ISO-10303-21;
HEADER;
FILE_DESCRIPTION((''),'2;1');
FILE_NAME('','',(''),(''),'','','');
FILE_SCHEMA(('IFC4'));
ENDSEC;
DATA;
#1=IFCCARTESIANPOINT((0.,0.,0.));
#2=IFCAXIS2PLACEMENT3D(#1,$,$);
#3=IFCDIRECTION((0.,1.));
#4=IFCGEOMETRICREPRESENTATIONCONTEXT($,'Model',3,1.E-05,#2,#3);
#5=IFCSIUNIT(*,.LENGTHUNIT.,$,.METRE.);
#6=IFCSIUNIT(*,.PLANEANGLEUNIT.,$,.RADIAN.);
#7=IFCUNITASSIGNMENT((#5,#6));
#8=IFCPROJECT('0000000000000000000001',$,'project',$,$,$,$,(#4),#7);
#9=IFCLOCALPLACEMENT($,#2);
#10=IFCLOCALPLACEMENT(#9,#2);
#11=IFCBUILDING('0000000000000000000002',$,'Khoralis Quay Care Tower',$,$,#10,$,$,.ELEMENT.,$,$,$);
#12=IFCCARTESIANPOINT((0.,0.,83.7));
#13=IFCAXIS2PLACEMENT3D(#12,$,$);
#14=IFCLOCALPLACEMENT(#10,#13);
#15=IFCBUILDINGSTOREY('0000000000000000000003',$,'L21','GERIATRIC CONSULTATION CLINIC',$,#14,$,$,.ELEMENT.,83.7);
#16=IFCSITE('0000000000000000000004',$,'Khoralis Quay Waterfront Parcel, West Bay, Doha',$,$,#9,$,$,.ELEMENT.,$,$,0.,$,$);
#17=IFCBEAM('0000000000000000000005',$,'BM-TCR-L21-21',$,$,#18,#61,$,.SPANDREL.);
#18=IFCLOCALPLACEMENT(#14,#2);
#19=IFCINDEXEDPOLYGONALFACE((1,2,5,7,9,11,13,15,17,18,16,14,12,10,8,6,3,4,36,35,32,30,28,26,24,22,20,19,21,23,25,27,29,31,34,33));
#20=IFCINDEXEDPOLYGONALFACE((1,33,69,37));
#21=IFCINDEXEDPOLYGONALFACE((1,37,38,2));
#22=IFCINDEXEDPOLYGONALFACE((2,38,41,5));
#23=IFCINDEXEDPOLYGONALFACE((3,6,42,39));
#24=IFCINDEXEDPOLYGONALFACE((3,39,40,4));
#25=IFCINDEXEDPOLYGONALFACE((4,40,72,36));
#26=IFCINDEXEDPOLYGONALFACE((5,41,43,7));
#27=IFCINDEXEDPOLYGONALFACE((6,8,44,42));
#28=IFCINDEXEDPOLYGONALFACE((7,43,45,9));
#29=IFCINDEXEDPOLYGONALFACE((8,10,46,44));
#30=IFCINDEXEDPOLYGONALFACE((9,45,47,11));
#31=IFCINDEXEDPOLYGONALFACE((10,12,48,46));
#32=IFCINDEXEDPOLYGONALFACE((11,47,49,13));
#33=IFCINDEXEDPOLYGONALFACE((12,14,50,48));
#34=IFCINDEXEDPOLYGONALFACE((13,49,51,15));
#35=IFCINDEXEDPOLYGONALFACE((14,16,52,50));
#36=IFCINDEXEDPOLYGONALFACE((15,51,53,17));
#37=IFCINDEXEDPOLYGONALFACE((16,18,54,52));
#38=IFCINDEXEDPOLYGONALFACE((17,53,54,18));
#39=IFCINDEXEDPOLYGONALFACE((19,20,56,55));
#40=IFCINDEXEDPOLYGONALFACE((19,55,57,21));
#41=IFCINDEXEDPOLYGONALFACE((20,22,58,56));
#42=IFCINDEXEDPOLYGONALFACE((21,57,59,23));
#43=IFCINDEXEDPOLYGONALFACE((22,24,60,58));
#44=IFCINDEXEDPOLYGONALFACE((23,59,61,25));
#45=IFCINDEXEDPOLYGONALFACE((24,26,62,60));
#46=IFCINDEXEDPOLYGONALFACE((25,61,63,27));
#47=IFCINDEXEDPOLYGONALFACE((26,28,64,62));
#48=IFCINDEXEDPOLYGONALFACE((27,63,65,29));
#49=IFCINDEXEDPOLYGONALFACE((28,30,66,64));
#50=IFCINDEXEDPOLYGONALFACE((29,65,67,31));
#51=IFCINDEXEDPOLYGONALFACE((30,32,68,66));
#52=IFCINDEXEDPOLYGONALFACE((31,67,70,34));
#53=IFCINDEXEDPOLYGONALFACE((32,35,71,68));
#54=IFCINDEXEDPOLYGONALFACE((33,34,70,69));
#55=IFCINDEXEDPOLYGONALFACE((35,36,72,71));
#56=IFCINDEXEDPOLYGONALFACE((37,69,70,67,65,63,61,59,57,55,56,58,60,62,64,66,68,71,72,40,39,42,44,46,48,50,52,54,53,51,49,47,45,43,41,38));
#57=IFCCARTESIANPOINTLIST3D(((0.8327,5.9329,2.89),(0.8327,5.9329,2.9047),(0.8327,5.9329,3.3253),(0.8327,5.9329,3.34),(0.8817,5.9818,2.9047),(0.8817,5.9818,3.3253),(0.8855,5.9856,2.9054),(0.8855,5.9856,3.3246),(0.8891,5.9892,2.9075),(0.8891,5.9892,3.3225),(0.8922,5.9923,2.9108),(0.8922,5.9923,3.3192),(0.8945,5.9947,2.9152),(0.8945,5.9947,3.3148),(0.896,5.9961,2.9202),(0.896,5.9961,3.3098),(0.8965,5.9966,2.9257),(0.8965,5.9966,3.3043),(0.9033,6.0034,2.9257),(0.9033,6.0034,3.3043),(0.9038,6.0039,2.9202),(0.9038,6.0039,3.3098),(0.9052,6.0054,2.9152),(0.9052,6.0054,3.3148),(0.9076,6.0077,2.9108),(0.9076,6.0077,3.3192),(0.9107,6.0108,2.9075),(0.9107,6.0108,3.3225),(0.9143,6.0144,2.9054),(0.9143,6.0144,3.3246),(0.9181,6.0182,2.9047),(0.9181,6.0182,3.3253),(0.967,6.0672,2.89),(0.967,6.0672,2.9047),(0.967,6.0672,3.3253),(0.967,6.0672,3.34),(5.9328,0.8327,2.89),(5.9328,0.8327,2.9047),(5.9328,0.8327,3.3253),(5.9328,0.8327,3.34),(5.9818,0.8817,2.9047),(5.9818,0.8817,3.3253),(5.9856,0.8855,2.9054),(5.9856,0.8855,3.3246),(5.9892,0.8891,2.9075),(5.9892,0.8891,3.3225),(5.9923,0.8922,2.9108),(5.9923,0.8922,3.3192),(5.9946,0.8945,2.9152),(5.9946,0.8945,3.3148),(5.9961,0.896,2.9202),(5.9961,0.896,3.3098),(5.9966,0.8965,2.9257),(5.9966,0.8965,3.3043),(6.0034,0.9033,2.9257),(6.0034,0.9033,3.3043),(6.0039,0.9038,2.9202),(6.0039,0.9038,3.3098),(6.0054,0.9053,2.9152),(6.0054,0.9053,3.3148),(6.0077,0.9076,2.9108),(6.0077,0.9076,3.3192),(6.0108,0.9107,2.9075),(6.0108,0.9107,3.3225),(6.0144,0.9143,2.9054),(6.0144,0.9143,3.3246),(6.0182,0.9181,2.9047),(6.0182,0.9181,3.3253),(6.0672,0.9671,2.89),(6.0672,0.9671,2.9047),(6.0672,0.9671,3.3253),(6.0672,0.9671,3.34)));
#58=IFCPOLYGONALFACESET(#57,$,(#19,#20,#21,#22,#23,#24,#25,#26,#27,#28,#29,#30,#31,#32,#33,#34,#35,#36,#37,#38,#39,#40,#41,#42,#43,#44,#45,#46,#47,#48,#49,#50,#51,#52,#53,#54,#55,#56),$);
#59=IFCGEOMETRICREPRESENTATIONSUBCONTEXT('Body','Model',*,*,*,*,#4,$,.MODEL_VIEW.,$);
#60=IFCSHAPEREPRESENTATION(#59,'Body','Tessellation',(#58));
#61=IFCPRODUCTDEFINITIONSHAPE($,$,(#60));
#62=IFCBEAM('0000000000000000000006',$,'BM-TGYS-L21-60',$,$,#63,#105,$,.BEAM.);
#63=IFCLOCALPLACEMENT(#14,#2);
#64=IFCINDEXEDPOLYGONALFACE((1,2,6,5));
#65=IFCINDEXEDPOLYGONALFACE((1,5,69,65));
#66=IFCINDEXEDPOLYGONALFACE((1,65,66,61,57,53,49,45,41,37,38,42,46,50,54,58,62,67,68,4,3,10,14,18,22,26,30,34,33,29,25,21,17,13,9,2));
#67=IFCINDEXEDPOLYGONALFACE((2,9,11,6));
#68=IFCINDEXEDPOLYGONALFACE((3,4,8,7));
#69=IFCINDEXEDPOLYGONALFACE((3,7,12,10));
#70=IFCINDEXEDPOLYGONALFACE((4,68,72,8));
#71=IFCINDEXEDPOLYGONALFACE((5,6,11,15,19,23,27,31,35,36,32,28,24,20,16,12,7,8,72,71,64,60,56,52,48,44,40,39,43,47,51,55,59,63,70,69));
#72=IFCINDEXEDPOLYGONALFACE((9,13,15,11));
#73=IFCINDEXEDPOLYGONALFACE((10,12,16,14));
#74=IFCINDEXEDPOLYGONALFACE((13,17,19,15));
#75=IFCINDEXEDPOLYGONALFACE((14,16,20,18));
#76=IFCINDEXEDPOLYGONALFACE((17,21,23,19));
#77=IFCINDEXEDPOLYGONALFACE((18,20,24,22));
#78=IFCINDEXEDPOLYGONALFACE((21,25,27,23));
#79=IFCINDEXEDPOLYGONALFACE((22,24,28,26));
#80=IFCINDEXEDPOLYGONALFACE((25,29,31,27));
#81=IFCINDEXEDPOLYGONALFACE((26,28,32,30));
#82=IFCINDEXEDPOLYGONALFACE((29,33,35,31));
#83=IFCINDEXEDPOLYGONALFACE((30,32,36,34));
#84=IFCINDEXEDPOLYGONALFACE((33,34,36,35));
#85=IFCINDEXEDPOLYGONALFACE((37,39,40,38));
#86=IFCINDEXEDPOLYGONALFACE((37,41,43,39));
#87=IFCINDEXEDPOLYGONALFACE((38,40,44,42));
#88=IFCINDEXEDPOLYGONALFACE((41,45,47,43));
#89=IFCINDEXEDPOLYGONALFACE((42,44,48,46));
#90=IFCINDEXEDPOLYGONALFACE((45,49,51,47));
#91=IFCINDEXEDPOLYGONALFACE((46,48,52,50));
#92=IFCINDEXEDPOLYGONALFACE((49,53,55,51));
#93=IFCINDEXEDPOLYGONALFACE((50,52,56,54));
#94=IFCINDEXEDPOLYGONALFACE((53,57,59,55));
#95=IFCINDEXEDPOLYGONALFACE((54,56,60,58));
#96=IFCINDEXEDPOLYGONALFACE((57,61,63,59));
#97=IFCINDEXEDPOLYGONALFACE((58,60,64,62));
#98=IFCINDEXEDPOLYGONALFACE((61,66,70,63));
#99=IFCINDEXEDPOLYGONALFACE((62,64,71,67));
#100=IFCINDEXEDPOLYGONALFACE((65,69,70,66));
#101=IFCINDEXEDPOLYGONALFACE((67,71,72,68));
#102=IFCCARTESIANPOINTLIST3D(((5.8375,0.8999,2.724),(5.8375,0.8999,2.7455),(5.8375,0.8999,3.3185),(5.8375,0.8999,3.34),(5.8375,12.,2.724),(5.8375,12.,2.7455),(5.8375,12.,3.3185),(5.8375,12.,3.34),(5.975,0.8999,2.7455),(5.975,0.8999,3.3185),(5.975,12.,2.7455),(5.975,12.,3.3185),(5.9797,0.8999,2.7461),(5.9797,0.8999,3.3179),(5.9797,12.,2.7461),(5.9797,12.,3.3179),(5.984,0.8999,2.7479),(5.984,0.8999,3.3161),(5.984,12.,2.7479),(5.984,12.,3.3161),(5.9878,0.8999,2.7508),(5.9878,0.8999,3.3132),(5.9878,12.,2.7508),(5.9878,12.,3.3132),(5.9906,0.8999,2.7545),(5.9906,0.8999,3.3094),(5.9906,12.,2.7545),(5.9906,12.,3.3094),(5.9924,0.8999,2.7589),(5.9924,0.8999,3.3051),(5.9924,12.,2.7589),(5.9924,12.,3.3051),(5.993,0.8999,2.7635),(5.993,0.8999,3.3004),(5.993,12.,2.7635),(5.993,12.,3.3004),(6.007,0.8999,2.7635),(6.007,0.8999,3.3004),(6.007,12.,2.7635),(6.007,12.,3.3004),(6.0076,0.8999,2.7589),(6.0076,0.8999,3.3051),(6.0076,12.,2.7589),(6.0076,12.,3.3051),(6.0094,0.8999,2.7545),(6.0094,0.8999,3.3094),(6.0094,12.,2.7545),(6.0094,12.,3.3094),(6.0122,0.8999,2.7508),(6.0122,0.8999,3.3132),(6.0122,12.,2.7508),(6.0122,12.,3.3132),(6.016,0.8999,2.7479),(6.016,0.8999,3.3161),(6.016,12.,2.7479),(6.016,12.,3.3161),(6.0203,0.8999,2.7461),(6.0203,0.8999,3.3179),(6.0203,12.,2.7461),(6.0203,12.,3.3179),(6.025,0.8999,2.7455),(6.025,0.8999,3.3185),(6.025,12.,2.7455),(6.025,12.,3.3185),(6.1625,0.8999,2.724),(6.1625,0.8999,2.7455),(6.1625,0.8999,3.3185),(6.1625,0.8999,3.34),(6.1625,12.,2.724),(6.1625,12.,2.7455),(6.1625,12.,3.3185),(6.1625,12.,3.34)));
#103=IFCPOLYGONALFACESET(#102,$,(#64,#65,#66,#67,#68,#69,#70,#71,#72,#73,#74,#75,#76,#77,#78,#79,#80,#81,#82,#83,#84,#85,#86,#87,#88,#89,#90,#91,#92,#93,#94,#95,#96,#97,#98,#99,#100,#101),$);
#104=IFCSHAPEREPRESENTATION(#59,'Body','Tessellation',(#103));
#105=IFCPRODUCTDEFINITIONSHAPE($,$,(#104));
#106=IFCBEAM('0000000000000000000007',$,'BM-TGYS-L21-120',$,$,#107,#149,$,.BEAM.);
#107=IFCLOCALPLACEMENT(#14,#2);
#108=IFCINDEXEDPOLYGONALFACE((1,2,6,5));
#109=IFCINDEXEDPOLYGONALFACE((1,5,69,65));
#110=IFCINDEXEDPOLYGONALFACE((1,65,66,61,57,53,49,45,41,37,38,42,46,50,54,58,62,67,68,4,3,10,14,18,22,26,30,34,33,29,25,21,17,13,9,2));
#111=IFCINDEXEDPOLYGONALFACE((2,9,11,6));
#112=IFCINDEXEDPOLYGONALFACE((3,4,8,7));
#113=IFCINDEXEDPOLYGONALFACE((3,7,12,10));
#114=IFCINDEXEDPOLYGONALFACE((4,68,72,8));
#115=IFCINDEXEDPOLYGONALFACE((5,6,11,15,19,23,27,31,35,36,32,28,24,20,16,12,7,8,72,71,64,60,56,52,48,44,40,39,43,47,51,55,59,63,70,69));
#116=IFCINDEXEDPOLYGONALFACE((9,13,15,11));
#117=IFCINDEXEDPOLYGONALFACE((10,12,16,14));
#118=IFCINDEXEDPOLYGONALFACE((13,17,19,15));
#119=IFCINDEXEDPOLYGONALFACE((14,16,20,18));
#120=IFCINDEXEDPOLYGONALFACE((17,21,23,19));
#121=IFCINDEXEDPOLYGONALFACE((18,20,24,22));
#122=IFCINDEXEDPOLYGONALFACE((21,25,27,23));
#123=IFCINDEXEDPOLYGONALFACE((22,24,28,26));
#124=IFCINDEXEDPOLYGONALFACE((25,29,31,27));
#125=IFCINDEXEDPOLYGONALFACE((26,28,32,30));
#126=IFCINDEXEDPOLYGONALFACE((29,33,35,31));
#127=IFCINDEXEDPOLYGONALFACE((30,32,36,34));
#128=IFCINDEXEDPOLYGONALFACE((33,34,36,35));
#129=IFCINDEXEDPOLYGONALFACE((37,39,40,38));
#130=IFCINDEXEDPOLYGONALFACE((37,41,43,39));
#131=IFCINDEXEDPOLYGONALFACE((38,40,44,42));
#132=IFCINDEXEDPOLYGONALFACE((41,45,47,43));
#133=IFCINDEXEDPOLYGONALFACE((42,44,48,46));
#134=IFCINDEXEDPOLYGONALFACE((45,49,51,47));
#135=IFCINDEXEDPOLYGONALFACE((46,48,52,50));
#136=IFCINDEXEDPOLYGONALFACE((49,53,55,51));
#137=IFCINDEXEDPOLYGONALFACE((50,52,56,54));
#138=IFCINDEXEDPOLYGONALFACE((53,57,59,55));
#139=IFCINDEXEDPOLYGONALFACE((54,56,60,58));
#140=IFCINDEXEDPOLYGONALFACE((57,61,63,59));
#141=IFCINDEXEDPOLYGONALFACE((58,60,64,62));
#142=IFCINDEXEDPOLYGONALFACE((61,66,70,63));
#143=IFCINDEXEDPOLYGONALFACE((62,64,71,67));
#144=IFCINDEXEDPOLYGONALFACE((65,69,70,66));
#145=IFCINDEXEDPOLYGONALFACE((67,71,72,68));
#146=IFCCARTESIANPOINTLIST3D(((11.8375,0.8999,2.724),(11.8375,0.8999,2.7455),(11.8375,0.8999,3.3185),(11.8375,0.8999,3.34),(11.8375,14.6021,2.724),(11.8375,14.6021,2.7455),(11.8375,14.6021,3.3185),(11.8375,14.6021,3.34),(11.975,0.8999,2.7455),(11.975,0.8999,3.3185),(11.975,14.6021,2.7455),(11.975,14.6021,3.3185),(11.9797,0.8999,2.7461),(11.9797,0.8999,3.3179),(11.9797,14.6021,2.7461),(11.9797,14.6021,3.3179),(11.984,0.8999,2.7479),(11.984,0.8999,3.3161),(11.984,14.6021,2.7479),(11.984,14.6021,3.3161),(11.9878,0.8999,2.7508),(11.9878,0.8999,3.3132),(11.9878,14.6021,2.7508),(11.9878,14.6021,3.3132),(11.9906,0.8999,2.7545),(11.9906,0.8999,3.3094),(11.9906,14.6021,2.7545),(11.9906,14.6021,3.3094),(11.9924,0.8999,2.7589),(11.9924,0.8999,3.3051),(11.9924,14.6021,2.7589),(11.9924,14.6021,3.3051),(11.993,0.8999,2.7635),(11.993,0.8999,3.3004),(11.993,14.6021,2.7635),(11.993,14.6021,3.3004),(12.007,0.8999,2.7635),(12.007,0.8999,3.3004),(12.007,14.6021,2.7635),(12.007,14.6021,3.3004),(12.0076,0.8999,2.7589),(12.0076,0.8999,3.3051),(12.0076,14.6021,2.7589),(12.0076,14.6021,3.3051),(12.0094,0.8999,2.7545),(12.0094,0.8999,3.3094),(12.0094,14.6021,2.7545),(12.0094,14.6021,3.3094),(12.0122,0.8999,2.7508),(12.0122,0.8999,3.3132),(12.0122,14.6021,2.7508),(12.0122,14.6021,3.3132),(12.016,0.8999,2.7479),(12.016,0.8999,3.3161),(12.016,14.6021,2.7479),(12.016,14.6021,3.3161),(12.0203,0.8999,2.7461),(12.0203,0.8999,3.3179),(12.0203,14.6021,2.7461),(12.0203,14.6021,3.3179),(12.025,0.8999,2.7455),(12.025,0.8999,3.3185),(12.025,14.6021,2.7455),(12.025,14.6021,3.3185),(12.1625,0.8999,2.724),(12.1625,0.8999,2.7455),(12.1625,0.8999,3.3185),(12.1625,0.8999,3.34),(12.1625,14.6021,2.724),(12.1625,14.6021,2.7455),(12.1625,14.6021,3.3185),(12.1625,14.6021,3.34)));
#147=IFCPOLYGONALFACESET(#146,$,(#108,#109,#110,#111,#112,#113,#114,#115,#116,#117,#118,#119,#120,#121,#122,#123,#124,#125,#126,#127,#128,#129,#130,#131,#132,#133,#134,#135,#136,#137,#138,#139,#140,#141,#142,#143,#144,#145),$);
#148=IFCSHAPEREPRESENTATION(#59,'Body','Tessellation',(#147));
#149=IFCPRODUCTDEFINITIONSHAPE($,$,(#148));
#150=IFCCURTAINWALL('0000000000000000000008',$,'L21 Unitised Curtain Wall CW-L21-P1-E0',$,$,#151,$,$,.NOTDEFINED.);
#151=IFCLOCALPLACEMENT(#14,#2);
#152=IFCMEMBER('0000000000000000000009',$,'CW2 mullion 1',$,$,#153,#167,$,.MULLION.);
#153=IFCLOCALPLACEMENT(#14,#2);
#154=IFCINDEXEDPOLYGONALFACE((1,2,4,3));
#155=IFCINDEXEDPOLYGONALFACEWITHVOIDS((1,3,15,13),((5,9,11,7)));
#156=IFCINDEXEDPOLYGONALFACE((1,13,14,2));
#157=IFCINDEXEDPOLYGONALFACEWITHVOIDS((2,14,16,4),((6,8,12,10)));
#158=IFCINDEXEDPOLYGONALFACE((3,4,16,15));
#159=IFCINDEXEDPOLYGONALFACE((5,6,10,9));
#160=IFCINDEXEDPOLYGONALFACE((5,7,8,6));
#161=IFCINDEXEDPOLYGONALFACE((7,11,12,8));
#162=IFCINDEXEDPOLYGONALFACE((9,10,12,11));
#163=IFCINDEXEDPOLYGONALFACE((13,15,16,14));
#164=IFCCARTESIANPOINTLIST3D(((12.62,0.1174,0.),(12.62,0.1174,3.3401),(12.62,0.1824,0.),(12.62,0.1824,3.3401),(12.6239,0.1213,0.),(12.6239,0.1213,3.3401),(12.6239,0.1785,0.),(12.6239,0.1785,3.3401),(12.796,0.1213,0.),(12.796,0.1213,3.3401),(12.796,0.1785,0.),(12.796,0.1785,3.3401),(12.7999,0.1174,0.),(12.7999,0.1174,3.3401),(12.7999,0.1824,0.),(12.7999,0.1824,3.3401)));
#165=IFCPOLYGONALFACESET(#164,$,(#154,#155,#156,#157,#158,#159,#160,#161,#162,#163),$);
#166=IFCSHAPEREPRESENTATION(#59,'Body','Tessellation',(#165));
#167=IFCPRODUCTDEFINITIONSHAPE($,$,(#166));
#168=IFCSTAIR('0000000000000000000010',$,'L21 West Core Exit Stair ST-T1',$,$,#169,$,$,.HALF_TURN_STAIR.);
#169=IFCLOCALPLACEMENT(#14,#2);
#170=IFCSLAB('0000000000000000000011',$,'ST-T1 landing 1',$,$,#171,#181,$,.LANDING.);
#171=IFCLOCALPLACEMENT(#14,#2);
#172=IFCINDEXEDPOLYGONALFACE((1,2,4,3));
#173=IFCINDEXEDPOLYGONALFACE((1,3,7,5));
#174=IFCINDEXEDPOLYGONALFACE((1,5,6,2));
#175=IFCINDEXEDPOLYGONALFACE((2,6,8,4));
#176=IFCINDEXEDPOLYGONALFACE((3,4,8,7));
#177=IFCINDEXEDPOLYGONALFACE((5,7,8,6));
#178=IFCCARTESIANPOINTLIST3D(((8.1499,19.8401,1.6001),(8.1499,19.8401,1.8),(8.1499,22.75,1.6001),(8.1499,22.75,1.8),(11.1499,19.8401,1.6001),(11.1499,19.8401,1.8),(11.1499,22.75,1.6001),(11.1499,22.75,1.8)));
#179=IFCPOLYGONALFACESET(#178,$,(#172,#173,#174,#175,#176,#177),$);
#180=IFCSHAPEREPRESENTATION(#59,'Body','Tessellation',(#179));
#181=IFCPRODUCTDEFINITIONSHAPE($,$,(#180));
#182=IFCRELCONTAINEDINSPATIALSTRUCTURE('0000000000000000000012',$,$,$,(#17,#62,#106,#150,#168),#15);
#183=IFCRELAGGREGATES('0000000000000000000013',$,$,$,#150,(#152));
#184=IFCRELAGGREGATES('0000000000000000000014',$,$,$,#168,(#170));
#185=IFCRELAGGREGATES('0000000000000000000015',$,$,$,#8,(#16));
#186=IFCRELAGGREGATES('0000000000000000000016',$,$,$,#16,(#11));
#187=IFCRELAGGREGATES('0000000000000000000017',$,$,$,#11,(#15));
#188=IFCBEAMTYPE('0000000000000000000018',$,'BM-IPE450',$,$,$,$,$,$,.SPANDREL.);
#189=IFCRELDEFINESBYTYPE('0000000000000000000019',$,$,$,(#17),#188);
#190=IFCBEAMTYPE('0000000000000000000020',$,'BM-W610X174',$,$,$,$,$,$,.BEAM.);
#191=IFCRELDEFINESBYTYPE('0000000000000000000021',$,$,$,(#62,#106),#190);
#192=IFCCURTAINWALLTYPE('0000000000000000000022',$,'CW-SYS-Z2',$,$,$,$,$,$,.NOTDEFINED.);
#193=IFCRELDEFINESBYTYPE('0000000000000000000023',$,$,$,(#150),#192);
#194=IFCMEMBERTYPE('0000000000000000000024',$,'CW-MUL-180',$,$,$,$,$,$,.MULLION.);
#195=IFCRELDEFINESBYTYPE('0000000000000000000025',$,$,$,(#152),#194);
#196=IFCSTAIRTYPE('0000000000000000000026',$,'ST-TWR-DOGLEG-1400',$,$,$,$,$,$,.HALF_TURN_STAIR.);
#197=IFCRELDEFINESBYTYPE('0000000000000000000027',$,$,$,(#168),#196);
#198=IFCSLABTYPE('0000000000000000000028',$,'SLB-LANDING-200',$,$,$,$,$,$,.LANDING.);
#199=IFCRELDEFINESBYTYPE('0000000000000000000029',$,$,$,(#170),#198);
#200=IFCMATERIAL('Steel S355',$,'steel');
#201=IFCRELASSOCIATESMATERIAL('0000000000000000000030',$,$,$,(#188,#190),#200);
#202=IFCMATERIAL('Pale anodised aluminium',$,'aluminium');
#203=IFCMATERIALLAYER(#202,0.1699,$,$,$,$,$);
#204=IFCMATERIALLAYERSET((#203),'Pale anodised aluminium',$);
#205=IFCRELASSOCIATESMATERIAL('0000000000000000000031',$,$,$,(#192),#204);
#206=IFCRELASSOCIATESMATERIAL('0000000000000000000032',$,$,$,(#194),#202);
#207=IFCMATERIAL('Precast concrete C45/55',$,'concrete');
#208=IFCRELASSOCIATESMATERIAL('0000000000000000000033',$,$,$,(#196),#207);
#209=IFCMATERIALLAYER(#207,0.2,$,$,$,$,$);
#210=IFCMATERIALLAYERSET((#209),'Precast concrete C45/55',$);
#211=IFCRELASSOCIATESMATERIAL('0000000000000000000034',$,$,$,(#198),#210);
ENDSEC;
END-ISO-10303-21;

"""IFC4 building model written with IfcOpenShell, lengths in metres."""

from ifc_helpers import new_model, si_unit, direction, frame, origin, origin_2d, place, context, subcontext, project, spatial, polyline, hollow_rectangle, i_section, outline, extrude, source, transform, mapped, material, layer, layer_set, material_profile, profile_set, type_object, element, aggregate, save


model = new_model("IFC4")

# Units and contexts
model_context = context("Model", 3, precision=1e-05, world=origin(), true_north=direction((0.0, 1.0)))
body_context = subcontext(model_context, "Body", "Model", "MODEL_VIEW")
ifc_project = project(units=[si_unit("LENGTHUNIT", "METRE"), si_unit("PLANEANGLEUNIT", "RADIAN")], contexts=[model_context])

# Site, building, storey
site_placement = place(None, origin())
site = spatial("IfcSite", under=ifc_project, at=site_placement, Name="Khoralis Quay Waterfront Parcel, West Bay, Doha", CompositionType="ELEMENT", RefElevation=0.0)
building_placement = place(site_placement, origin())
building = spatial("IfcBuilding", under=site, at=building_placement, Name="Khoralis Quay Care Tower", CompositionType="ELEMENT")
storey_placement = place(building_placement, frame((0.0, 0.0, 83.7)))
storey = spatial("IfcBuildingStorey", under=building, at=storey_placement, Name="L21", Description="GERIATRIC CONSULTATION CLINIC", CompositionType="ELEMENT", Elevation=83.7)

# Beams
ifc_material_1 = material(Name="Steel S355", Category="steel")
ifc_material_profile_1 = material_profile(ifc_material_1, i_section(OverallWidth=0.1899, OverallDepth=0.45, WebThickness=0.0095, FlangeThickness=0.0146, FilletRadius=0.021, at=origin_2d()), Name="Steel S355")
ifc_profile_set_1 = profile_set([ifc_material_profile_1], Name="Steel S355")
beam_type_1 = type_object("IfcBeamType", Name="BM-IPE450", PredefinedType="SPANDREL", material=ifc_profile_set_1)
shared_shape_1 = source(origin(), body_context, "Body", "SweptSolid", [
    extrude(i_section(OverallWidth=0.1899, OverallDepth=0.45, WebThickness=0.0095, FlangeThickness=0.0146, FilletRadius=0.021, at=origin_2d()), origin(), (0.0, 0.0, 1.0), 7.2126),
])
beam_1_placement = place(storey_placement, frame((6.0, 0.8999, 3.115), z_axis=(-0.707107, 0.707107, 0.0), x_axis=(-0.707107, -0.707107, 0.0)))
element("IfcBeam", 1, at=beam_1_placement, inside=storey, type_object=beam_type_1, Name="BM-TCR-L21-21", PredefinedType="SPANDREL", context=body_context, shape_type="MappedRepresentation", body=[
    mapped(shared_shape_1, transform((0.0, 0.0, 0.0), scale=1.0)),
])
ifc_material_profile_2 = material_profile(ifc_material_1, i_section(OverallWidth=0.325, OverallDepth=0.616, WebThickness=0.0139, FlangeThickness=0.0215, FilletRadius=0.0181, at=origin_2d()), Name="Steel S355")
ifc_profile_set_2 = profile_set([ifc_material_profile_2], Name="Steel S355")
beam_type_2 = type_object("IfcBeamType", Name="BM-W610X174", PredefinedType="BEAM", material=ifc_profile_set_2)
shared_shape_2 = source(origin(), body_context, "Body", "SweptSolid", [
    extrude(i_section(OverallWidth=0.325, OverallDepth=0.616, WebThickness=0.0139, FlangeThickness=0.0215, FilletRadius=0.0181, at=origin_2d()), origin(), (0.0, 0.0, 1.0), 11.1001),
])
beam_2_placement = place(storey_placement, frame((6.0, 0.8999, 3.032), z_axis=(0.0, 1.0, 0.0), x_axis=(-1.0, 0.0, 0.0)))
element("IfcBeam", 2, at=beam_2_placement, inside=storey, type_object=beam_type_2, Name="BM-TGYS-L21-60", PredefinedType="BEAM", context=body_context, shape_type="MappedRepresentation", body=[
    mapped(shared_shape_2, transform((0.0, 0.0, 0.0), scale=1.0)),
])
shared_shape_3 = source(origin(), body_context, "Body", "SweptSolid", [
    extrude(i_section(OverallWidth=0.325, OverallDepth=0.616, WebThickness=0.0139, FlangeThickness=0.0215, FilletRadius=0.0181, at=origin_2d()), origin(), (0.0, 0.0, 1.0), 13.7021),
])
beam_3_placement = place(storey_placement, frame((12.0, 0.8999, 3.032), z_axis=(0.0, 1.0, 0.0), x_axis=(-1.0, 0.0, 0.0)))
element("IfcBeam", 3, at=beam_3_placement, inside=storey, type_object=beam_type_2, Name="BM-TGYS-L21-120", PredefinedType="BEAM", context=body_context, shape_type="MappedRepresentation", body=[
    mapped(shared_shape_3, transform((0.0, 0.0, 0.0), scale=1.0)),
])

# Curtain wall, member
ifc_material_2 = material(Name="Pale anodised aluminium", Category="aluminium")
ifc_layer_1 = layer(ifc_material_2, 0.1699)
ifc_layer_set_1 = layer_set([ifc_layer_1], Name="Pale anodised aluminium")
curtain_wall_type = type_object("IfcCurtainWallType", Name="CW-SYS-Z2", PredefinedType="NOTDEFINED", material=ifc_layer_set_1)
curtain_wall_placement = place(storey_placement, origin())
curtain_wall = element("IfcCurtainWall", 4, at=curtain_wall_placement, inside=storey, type_object=curtain_wall_type, Name="L21 Unitised Curtain Wall CW-L21-P1-E0", PredefinedType="NOTDEFINED")
ifc_material_profile_3 = material_profile(ifc_material_2, hollow_rectangle(XDim=0.0649, YDim=0.1799, WallThickness=0.0039, at=origin_2d()), Name="Pale anodised aluminium")
ifc_profile_set_3 = profile_set([ifc_material_profile_3], Name="Pale anodised aluminium")
member_type = type_object("IfcMemberType", Name="CW-MUL-180", PredefinedType="MULLION", material=ifc_profile_set_3)
shared_shape_4 = source(origin(), body_context, "Body", "SweptSolid", [
    extrude(hollow_rectangle(XDim=0.0649, YDim=0.1799, WallThickness=0.0039, at=origin_2d()), origin(), (0.0, 0.0, 1.0), 3.3401),
])
member_placement = place(storey_placement, frame((12.71, 0.1499, 0.0), z_axis=(0.0, 0.0, 1.0), x_axis=(0.0, 1.0, 0.0)))
member = element("IfcMember", 5, at=member_placement, type_object=member_type, Name="CW2 mullion 1", PredefinedType="MULLION", context=body_context, shape_type="MappedRepresentation", body=[
    mapped(shared_shape_4, transform((0.0, 0.0, 0.0), scale=1.0)),
])
aggregate(curtain_wall, [member])

# Stair, slab
ifc_material_3 = material(Name="Precast concrete C45/55", Category="concrete")
stair_type = type_object("IfcStairType", Name="ST-TWR-DOGLEG-1400", PredefinedType="HALF_TURN_STAIR", material=ifc_material_3)
stair_1_placement = place(storey_placement, origin())
stair_1 = element("IfcStair", 6, at=stair_1_placement, inside=storey, type_object=stair_type, Name="L21 West Core Exit Stair ST-T1", PredefinedType="HALF_TURN_STAIR")
ifc_layer_2 = layer(ifc_material_3, 0.2)
ifc_layer_set_2 = layer_set([ifc_layer_2], Name="Precast concrete C45/55")
slab_type_1 = type_object("IfcSlabType", Name="SLB-LANDING-200", PredefinedType="LANDING", material=ifc_layer_set_2)
slab_1_placement = place(storey_placement, frame((0.0, 0.0, 1.6001)))
slab_1 = element("IfcSlab", 7, at=slab_1_placement, type_object=slab_type_1, Name="ST-T1 landing 1", PredefinedType="LANDING", context=body_context, shape_type="SweptSolid", body=[
    extrude(outline(polyline([(11.1499, 19.8401), (11.1499, 22.75), (8.1499, 22.75), (8.1499, 19.8401), (11.1499, 19.8401)])), origin(), (0.0, 0.0, 1.0), 0.2),
])
aggregate(stair_1, [slab_1])

save(model, "model.ifc")
